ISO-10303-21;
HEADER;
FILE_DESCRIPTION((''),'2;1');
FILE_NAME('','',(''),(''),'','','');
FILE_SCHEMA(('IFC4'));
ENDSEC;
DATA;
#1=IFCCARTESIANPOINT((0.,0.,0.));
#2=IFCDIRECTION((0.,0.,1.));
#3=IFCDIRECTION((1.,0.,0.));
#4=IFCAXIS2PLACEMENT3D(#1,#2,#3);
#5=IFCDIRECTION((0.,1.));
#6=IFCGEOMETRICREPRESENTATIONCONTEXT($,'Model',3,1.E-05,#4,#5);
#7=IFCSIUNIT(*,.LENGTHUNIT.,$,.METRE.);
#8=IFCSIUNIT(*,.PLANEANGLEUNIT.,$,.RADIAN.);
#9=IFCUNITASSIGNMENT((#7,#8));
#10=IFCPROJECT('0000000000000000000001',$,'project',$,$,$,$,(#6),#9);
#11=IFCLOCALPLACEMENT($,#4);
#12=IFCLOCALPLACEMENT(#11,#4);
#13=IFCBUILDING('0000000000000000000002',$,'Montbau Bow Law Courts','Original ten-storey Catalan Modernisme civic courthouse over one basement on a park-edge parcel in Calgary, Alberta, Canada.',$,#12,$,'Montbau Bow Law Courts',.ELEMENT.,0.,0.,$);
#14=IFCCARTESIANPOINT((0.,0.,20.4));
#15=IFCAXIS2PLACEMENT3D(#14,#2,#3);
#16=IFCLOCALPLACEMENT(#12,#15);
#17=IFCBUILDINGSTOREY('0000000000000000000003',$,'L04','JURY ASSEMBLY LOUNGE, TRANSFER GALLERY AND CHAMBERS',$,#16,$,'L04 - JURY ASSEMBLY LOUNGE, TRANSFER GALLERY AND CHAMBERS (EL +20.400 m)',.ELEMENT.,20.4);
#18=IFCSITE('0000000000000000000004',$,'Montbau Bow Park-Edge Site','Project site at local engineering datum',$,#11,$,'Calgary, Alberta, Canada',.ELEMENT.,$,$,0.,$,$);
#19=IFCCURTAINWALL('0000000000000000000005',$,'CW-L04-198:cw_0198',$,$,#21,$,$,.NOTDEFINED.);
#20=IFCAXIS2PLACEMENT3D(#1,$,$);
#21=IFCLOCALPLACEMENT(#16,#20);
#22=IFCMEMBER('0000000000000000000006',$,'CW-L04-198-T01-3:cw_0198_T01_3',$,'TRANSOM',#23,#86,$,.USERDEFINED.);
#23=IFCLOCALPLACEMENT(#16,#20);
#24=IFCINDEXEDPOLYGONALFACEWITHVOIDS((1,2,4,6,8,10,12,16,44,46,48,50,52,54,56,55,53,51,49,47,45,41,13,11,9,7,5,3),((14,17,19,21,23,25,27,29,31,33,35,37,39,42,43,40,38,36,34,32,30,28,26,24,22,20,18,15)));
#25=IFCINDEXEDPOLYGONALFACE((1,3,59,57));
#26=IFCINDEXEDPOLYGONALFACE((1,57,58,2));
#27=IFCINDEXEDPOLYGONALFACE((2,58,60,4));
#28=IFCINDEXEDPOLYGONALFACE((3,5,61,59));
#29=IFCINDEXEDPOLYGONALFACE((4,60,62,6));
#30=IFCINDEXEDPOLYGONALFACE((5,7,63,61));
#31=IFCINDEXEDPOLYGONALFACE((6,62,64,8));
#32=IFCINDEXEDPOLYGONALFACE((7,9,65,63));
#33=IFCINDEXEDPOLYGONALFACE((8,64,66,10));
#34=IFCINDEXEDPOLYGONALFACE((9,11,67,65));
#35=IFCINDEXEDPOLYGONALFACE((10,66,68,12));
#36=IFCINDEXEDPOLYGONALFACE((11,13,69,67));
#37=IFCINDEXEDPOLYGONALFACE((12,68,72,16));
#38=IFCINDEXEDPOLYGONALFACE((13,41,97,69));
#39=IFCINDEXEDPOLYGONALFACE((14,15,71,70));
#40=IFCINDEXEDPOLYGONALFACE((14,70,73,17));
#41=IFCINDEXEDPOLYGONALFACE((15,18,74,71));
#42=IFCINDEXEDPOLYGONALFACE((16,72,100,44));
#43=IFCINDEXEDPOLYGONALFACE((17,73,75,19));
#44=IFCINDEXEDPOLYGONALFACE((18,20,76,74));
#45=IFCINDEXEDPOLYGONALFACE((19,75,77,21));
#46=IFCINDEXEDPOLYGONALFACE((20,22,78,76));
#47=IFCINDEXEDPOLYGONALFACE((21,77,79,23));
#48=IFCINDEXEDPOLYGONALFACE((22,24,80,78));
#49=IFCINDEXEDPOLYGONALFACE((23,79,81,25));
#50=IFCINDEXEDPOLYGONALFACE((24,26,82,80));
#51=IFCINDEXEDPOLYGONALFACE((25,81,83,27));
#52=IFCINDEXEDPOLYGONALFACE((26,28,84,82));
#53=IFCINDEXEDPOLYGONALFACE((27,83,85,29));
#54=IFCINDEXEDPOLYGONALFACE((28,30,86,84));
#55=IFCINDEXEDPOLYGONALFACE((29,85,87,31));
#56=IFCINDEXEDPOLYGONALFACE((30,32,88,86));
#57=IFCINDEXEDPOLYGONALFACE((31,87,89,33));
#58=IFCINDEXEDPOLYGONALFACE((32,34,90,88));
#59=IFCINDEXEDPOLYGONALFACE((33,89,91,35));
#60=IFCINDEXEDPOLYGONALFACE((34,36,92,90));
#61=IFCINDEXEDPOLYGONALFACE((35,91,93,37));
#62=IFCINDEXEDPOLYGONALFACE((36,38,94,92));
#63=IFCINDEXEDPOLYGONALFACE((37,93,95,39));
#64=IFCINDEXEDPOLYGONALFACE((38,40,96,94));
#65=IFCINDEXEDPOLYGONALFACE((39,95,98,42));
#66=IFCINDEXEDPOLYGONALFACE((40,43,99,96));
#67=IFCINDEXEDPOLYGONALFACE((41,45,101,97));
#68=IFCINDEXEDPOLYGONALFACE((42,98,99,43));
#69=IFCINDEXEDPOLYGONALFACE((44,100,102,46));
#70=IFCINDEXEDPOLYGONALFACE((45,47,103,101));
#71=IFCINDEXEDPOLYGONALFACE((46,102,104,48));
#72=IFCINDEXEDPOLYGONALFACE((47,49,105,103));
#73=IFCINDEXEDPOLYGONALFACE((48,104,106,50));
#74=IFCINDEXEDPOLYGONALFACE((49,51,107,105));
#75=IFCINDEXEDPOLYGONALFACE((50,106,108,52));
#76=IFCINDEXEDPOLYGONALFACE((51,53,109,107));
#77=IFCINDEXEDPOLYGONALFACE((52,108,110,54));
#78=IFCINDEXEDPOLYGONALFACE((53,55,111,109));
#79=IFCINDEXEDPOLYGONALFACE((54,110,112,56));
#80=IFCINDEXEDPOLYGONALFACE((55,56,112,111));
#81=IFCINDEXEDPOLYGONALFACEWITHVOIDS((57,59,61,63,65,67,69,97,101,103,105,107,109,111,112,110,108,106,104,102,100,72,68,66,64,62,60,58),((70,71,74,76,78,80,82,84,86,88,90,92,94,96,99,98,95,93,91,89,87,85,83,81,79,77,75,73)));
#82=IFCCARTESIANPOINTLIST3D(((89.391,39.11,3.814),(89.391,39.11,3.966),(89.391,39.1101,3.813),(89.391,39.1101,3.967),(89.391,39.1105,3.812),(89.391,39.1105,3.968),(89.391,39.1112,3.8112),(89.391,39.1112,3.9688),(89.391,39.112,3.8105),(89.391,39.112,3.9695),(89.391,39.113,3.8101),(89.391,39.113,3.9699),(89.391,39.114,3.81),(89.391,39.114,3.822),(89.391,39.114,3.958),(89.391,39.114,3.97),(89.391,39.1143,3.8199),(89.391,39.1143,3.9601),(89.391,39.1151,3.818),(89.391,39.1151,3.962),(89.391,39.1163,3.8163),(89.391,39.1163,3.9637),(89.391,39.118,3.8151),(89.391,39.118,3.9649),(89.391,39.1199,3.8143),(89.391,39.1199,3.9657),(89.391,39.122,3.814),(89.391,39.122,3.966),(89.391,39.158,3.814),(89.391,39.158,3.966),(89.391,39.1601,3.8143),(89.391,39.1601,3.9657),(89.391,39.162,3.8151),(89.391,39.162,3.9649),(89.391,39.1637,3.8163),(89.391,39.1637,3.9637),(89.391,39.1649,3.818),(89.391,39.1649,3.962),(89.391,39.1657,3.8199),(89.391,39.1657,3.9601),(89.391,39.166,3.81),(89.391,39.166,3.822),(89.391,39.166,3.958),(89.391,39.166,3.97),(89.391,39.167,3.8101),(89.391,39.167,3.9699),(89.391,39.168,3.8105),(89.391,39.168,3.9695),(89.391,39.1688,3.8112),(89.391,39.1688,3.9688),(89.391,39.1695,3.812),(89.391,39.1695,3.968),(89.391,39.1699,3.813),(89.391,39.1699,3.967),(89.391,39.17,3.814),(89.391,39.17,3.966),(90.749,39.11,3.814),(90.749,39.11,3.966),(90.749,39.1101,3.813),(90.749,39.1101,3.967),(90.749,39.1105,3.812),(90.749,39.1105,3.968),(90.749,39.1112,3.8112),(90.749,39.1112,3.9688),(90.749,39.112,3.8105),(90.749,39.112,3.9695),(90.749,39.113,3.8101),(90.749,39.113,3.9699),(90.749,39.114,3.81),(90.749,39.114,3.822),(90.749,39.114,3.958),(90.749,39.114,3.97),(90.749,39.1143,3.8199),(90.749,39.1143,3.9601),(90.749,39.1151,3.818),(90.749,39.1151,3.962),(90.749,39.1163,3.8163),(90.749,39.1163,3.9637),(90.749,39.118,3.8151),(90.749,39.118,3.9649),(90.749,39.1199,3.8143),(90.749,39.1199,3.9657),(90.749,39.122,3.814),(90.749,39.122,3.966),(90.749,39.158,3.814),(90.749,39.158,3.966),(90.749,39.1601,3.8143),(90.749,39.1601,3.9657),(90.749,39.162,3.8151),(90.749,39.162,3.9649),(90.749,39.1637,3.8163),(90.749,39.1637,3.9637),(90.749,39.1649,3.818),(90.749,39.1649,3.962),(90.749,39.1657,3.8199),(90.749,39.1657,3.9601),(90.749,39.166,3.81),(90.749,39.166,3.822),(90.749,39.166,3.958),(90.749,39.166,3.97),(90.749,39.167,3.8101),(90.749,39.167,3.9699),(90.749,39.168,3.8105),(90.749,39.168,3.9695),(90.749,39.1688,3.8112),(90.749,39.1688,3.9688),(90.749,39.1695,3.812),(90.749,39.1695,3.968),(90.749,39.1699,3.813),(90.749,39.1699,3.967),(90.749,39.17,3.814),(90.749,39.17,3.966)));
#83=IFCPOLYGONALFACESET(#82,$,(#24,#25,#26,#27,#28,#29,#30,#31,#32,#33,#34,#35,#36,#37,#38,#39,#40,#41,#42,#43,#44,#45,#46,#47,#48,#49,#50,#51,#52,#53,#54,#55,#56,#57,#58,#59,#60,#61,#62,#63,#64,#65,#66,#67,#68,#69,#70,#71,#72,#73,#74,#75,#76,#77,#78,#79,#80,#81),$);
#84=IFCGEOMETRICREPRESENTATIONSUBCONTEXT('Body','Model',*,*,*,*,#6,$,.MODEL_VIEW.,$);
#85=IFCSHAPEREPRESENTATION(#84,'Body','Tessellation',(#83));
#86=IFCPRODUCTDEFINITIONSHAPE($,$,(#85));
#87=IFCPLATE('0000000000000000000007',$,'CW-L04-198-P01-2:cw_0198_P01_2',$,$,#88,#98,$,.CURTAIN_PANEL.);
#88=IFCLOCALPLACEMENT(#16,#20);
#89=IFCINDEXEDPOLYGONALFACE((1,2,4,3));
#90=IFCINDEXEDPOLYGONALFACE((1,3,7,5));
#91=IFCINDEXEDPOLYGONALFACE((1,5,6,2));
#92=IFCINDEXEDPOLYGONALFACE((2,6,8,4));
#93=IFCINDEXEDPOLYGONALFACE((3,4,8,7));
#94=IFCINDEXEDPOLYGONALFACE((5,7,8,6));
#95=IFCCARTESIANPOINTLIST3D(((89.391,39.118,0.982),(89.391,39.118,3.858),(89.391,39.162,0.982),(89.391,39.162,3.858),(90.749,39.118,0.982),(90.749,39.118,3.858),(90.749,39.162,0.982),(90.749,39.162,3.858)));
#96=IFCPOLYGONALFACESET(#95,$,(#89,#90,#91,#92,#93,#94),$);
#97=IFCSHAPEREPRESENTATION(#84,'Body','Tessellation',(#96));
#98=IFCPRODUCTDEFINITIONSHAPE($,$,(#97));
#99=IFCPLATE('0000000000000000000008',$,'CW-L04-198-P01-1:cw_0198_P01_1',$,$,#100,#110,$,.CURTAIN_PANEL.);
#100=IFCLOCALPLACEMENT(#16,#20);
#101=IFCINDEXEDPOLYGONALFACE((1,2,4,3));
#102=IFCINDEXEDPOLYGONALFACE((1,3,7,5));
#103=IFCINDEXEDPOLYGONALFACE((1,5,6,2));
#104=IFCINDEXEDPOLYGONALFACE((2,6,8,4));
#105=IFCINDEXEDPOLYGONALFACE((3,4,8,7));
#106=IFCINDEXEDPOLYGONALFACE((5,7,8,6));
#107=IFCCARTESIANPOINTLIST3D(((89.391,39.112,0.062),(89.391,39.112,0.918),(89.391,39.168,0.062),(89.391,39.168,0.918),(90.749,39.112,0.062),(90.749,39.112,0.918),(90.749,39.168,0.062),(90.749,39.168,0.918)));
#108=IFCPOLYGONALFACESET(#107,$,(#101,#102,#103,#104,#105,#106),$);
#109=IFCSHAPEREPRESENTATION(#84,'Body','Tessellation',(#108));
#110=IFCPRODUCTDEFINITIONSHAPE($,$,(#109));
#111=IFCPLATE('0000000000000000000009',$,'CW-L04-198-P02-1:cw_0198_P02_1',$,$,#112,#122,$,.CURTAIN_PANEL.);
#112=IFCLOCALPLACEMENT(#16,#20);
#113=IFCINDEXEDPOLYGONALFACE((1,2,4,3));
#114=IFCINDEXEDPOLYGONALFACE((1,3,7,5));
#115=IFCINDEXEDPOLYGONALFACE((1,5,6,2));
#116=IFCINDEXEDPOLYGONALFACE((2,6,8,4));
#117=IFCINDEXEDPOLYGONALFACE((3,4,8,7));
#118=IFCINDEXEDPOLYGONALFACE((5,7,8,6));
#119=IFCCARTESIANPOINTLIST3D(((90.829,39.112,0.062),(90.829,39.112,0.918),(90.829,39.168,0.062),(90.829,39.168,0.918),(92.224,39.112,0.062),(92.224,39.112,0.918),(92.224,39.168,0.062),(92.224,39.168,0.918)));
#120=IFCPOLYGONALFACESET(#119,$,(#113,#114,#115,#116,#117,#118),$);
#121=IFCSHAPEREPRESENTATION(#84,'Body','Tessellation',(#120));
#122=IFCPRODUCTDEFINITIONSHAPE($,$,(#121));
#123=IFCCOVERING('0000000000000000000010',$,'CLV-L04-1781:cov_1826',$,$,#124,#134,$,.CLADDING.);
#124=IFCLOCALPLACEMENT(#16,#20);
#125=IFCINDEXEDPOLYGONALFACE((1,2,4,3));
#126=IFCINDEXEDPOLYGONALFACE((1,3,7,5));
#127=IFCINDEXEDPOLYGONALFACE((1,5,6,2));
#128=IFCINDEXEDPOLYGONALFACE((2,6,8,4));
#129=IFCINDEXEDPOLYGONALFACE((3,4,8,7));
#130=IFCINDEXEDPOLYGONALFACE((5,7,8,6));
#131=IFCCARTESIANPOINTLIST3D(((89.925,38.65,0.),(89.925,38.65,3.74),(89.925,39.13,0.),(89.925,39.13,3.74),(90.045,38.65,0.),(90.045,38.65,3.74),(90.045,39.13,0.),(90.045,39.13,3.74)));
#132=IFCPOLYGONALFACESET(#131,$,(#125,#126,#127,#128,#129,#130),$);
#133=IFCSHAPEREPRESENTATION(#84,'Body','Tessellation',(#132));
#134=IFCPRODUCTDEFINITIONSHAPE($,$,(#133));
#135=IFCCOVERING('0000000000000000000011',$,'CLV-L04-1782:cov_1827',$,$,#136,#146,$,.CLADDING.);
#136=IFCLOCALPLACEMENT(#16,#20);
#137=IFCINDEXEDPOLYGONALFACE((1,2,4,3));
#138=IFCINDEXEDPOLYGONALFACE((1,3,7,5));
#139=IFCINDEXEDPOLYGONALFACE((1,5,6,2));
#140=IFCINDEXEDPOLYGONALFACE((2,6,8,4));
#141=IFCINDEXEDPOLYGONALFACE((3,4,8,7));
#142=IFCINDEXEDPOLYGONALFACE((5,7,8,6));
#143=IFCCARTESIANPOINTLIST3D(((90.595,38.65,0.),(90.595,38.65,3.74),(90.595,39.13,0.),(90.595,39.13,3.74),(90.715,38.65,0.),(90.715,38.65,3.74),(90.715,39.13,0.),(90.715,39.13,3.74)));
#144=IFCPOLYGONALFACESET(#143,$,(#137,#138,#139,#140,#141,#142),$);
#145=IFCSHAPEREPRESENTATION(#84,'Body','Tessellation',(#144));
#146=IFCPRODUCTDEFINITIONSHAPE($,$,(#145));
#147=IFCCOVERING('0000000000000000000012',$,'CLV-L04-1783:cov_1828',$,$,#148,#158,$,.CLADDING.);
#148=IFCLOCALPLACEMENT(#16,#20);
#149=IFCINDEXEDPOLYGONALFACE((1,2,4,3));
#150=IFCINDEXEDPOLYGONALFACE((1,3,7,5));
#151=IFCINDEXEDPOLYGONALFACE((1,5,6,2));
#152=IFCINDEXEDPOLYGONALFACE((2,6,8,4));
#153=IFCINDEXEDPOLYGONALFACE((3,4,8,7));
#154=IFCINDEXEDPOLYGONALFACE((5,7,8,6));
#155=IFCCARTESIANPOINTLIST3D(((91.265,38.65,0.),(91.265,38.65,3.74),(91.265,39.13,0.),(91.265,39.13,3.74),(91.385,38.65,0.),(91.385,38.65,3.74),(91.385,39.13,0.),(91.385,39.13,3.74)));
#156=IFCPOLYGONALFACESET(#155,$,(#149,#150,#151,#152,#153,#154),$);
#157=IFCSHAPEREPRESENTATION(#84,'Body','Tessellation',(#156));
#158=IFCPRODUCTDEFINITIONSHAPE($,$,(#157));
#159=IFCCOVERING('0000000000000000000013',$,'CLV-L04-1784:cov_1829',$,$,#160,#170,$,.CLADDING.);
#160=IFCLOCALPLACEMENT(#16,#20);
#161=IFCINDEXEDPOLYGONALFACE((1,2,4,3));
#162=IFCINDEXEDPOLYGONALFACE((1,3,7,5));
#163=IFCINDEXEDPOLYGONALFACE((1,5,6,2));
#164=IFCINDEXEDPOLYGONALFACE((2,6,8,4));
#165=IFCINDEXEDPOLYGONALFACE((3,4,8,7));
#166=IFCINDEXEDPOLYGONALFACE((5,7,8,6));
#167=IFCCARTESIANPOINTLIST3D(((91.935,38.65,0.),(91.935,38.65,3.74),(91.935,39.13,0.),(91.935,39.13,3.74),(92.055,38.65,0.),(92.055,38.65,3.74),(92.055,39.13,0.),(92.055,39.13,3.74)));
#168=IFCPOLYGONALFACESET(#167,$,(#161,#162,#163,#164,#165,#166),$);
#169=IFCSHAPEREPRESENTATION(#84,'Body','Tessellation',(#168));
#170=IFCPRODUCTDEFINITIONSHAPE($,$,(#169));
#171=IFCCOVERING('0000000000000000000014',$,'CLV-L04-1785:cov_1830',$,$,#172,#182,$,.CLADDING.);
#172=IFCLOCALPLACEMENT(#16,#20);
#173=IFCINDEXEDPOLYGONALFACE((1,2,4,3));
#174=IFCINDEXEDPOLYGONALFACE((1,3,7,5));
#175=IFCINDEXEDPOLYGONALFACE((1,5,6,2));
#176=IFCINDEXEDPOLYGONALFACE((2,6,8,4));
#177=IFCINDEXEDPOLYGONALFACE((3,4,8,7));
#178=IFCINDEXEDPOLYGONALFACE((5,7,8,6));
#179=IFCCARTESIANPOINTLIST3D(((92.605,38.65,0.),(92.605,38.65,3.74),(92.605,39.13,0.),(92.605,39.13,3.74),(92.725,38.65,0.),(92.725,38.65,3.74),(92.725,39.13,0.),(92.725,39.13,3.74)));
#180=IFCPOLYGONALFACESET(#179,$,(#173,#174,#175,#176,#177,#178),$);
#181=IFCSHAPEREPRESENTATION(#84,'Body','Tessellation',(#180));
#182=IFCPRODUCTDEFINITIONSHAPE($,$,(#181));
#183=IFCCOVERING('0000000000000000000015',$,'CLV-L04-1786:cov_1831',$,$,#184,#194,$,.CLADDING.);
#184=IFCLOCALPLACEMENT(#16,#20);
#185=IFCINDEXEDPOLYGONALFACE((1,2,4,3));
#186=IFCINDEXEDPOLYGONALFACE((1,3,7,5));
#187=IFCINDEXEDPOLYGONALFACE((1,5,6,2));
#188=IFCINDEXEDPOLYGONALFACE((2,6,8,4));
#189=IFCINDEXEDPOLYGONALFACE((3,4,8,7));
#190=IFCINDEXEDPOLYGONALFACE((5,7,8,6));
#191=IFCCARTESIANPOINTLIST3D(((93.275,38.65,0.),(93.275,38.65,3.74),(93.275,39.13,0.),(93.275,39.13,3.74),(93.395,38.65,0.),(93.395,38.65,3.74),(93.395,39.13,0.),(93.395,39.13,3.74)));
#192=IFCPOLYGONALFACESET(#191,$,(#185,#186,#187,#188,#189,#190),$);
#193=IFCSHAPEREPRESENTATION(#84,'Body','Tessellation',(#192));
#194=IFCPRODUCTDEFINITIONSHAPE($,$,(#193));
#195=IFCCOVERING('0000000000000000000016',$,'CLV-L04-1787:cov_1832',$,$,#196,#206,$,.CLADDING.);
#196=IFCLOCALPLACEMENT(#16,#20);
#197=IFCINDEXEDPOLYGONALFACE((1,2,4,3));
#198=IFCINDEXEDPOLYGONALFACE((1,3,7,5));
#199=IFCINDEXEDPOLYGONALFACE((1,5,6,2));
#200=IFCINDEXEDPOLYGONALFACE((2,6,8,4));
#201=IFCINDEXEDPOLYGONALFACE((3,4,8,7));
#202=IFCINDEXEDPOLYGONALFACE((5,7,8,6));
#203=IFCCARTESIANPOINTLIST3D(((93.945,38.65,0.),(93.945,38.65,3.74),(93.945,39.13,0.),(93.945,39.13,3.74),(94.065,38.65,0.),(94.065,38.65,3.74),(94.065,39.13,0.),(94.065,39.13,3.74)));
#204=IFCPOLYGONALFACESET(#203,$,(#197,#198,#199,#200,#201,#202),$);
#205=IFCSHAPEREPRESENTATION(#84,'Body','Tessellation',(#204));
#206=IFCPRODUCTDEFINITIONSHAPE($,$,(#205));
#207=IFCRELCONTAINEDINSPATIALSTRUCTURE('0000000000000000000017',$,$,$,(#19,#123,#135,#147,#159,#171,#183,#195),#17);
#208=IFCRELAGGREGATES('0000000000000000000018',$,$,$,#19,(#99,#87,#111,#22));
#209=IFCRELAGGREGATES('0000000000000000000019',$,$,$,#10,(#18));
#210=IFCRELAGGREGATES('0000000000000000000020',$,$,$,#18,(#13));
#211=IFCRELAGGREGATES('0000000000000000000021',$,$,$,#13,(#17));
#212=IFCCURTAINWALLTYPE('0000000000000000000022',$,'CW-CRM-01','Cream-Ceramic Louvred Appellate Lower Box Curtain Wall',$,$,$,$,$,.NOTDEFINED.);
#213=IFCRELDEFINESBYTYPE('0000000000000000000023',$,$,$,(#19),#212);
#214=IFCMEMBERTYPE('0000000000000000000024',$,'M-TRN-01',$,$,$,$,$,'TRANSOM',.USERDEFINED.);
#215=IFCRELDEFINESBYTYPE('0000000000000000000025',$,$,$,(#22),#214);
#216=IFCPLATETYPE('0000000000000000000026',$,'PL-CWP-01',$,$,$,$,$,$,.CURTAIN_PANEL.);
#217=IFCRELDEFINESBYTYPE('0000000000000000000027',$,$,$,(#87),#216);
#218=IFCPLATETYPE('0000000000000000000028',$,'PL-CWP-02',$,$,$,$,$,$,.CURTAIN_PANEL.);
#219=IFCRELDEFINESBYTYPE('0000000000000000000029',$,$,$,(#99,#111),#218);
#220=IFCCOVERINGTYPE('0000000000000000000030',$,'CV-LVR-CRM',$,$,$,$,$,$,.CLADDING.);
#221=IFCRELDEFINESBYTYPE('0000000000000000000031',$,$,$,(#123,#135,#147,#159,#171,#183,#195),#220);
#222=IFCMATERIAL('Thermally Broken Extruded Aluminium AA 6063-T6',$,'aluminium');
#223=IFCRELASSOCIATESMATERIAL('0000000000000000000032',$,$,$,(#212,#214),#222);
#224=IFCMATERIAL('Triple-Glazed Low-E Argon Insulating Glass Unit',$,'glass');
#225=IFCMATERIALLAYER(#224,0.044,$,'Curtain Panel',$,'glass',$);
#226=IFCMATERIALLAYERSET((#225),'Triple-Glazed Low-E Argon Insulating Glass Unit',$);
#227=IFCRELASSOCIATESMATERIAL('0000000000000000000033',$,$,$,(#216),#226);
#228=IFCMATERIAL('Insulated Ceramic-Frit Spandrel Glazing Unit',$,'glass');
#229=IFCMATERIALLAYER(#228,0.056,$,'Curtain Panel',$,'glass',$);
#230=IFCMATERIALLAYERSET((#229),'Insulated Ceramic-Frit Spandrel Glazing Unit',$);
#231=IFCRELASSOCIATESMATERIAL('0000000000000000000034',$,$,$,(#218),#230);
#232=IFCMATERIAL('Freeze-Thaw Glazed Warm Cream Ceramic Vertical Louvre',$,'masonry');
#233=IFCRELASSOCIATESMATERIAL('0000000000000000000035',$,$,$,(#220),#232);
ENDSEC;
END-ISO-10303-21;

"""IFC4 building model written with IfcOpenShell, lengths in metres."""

from ifc_helpers import new_model, si_unit, direction, frame, frame_2d, origin_with_axes, origin_2d_with_axis, place, context, subcontext, project, spatial, rectangle, hollow_rectangle, extrude, material, layer, layer_set, material_profile, profile_set, type_object, element, aggregate, save


model = new_model("IFC4")

# Units and contexts
model_context = context("Model", 3, precision=1e-05, world=origin_with_axes(), true_north=direction((0.0, 1.0)))
body_context = subcontext(model_context, "Body", "Model", "MODEL_VIEW")
ifc_project = project(units=[si_unit("LENGTHUNIT", "METRE"), si_unit("PLANEANGLEUNIT", "RADIAN")], contexts=[model_context])

# Site, building, storey
site_placement = place(None, origin_with_axes())
site = spatial("IfcSite", under=ifc_project, at=site_placement, Name="Montbau Bow Park-Edge Site", Description="Project site at local engineering datum", LongName="Calgary, Alberta, Canada", CompositionType="ELEMENT", RefElevation=0.0)
building_placement = place(site_placement, origin_with_axes())
building = spatial("IfcBuilding", under=site, at=building_placement, Name="Montbau Bow Law Courts", Description="Original ten-storey Catalan Modernisme civic courthouse over one basement on a park-edge parcel in Calgary, Alberta, Canada.", LongName="Montbau Bow Law Courts", CompositionType="ELEMENT", ElevationOfRefHeight=0.0, ElevationOfTerrain=0.0)
storey_placement = place(building_placement, frame((0.0, 0.0, 20.4), z_axis=(0.0, 0.0, 1.0), x_axis=(1.0, 0.0, 0.0)))
storey = spatial("IfcBuildingStorey", under=building, at=storey_placement, Name="L04", Description="JURY ASSEMBLY LOUNGE, TRANSFER GALLERY AND CHAMBERS", LongName="L04 - JURY ASSEMBLY LOUNGE, TRANSFER GALLERY AND CHAMBERS (EL +20.400 m)", CompositionType="ELEMENT", Elevation=20.4)

# Curtain wall, member, plates
ifc_material_1 = material(Name="Thermally Broken Extruded Aluminium AA 6063-T6", Category="aluminium")
curtain_wall_type = type_object("IfcCurtainWallType", Name="CW-CRM-01", Description="Cream-Ceramic Louvred Appellate Lower Box Curtain Wall", PredefinedType="NOTDEFINED", material=ifc_material_1)
curtain_wall_placement = place(None, frame((89.315, 39.14, 20.4), z_axis=(0.0, 0.0, 1.0), x_axis=(1.0, 0.0, 0.0)))
curtain_wall = element("IfcCurtainWall", 1, at=curtain_wall_placement, inside=storey, type_object=curtain_wall_type, Name="CW-L04-198:cw_0198", PredefinedType="NOTDEFINED")
ifc_material_profile_1 = material_profile(ifc_material_1, hollow_rectangle(XDim=0.06, YDim=0.16, WallThickness=0.004, InnerFilletRadius=0.008, OuterFilletRadius=0.004, at=origin_2d_with_axis()), Name="CWT-160X60", Category="Main", Priority=0)
ifc_profile_set_1 = profile_set([ifc_material_profile_1], Name="Thermally Broken Extruded Aluminium AA 6063-T6")
member_type_1 = type_object("IfcMemberType", Name="M-TRN-01", ElementType="TRANSOM", PredefinedType="USERDEFINED", material=ifc_profile_set_1)
member_1_placement = place(None, frame((89.391, 39.14, 24.29), z_axis=(1.0, 0.0, 0.0), x_axis=(0.0, 1.0, 0.0)))
member_1 = element("IfcMember", 2, at=member_1_placement, type_object=member_type_1, Name="CW-L04-198-T01-3:cw_0198_T01_3", ObjectType="TRANSOM", PredefinedType="USERDEFINED", context=body_context, shape_type="SweptSolid", body=[
    extrude(hollow_rectangle(XDim=0.06, YDim=0.16, WallThickness=0.004, InnerFilletRadius=0.008, OuterFilletRadius=0.004, at=origin_2d_with_axis()), origin_with_axes(), (0.0, 0.0, 1.0), 1.358),
])
ifc_material_2 = material(Name="Triple-Glazed Low-E Argon Insulating Glass Unit", Category="glass")
ifc_layer_1 = layer(ifc_material_2, 0.044, Name="Curtain Panel", Category="glass")
ifc_layer_set_1 = layer_set([ifc_layer_1], Name="Triple-Glazed Low-E Argon Insulating Glass Unit")
plate_type_1 = type_object("IfcPlateType", Name="PL-CWP-01", PredefinedType="CURTAIN_PANEL", material=ifc_layer_set_1)
plate_1_placement = place(None, frame((89.391, 39.14, 21.382), z_axis=(0.0, -1.0, 0.0), x_axis=(1.0, 0.0, 0.0)))
plate_1 = element("IfcPlate", 3, at=plate_1_placement, type_object=plate_type_1, Name="CW-L04-198-P01-2:cw_0198_P01_2", PredefinedType="CURTAIN_PANEL", context=body_context, shape_type="SweptSolid", body=[
    extrude(rectangle(XDim=1.358, YDim=2.876, at=frame_2d((0.679, 1.438), x_axis=(1.0, 0.0))), frame((0.0, 0.0, -0.022), z_axis=(0.0, 0.0, 1.0), x_axis=(1.0, 0.0, 0.0)), (0.0, 0.0, 1.0), 0.044),
])
ifc_material_3 = material(Name="Insulated Ceramic-Frit Spandrel Glazing Unit", Category="glass")
ifc_layer_2 = layer(ifc_material_3, 0.056, Name="Curtain Panel", Category="glass")
ifc_layer_set_2 = layer_set([ifc_layer_2], Name="Insulated Ceramic-Frit Spandrel Glazing Unit")
plate_type_2 = type_object("IfcPlateType", Name="PL-CWP-02", PredefinedType="CURTAIN_PANEL", material=ifc_layer_set_2)
plate_2_placement = place(None, frame((89.391, 39.14, 20.462), z_axis=(0.0, -1.0, 0.0), x_axis=(1.0, 0.0, 0.0)))
plate_2 = element("IfcPlate", 4, at=plate_2_placement, type_object=plate_type_2, Name="CW-L04-198-P01-1:cw_0198_P01_1", PredefinedType="CURTAIN_PANEL", context=body_context, shape_type="SweptSolid", body=[
    extrude(rectangle(XDim=1.358, YDim=0.856, at=frame_2d((0.679, 0.428), x_axis=(1.0, 0.0))), frame((0.0, 0.0, -0.028), z_axis=(0.0, 0.0, 1.0), x_axis=(1.0, 0.0, 0.0)), (0.0, 0.0, 1.0), 0.056),
])
plate_3_placement = place(None, frame((90.829, 39.14, 20.462), z_axis=(0.0, -1.0, 0.0), x_axis=(1.0, 0.0, 0.0)))
plate_3 = element("IfcPlate", 5, at=plate_3_placement, type_object=plate_type_2, Name="CW-L04-198-P02-1:cw_0198_P02_1", PredefinedType="CURTAIN_PANEL", context=body_context, shape_type="SweptSolid", body=[
    extrude(rectangle(XDim=1.395, YDim=0.856, at=frame_2d((0.6975, 0.428), x_axis=(1.0, 0.0))), frame((0.0, 0.0, -0.028), z_axis=(0.0, 0.0, 1.0), x_axis=(1.0, 0.0, 0.0)), (0.0, 0.0, 1.0), 0.056),
])
aggregate(curtain_wall, [plate_2, plate_1, plate_3, member_1])

# Coverings
ifc_material_4 = material(Name="Freeze-Thaw Glazed Warm Cream Ceramic Vertical Louvre", Category="masonry")
covering_type = type_object("IfcCoveringType", Name="CV-LVR-CRM", PredefinedType="CLADDING", material=ifc_material_4)
for number, where, z_axis, x_axis, name in (
    (6, (89.985, 39.13, 20.4), (-1.0, 0.0, 0.0), (0.0, -1.0, 0.0), "CLV-L04-1781:cov_1826"),
    (7, (90.655, 39.13, 20.4), (-1.0, 0.0, 0.0), (0.0, -1.0, 0.0), "CLV-L04-1782:cov_1827"),
    (8, (91.325, 39.13, 20.4), (-1.0, 0.0, 0.0), (0.0, -1.0, 0.0), "CLV-L04-1783:cov_1828"),
    (9, (91.995, 39.13, 20.4), (-1.0, 0.0, 0.0), (0.0, -1.0, 0.0), "CLV-L04-1784:cov_1829"),
    (10, (92.665, 39.13, 20.4), (-1.0, 0.0, 0.0), (0.0, -1.0, 0.0), "CLV-L04-1785:cov_1830"),
    (11, (93.335, 39.13, 20.4), (-1.0, 0.0, 0.0), (0.0, -1.0, 0.0), "CLV-L04-1786:cov_1831"),
    (12, (94.005, 39.13, 20.4), (-1.0, 0.0, 0.0), (0.0, -1.0, 0.0), "CLV-L04-1787:cov_1832"),
):
    element("IfcCovering", number, at=place(None, frame(where, z_axis=z_axis, x_axis=x_axis)), inside=storey, type_object=covering_type, Name=name, PredefinedType="CLADDING", context=body_context, shape_type="SweptSolid", body=[
        extrude(rectangle(XDim=0.48, YDim=3.74, at=frame_2d((0.24, 1.87), x_axis=(1.0, 0.0))), frame((0.0, 0.0, -0.06), z_axis=(0.0, 0.0, 1.0), x_axis=(1.0, 0.0, 0.0)), (0.0, 0.0, 1.0), 0.12),
    ])

save(model, "model.ifc")
